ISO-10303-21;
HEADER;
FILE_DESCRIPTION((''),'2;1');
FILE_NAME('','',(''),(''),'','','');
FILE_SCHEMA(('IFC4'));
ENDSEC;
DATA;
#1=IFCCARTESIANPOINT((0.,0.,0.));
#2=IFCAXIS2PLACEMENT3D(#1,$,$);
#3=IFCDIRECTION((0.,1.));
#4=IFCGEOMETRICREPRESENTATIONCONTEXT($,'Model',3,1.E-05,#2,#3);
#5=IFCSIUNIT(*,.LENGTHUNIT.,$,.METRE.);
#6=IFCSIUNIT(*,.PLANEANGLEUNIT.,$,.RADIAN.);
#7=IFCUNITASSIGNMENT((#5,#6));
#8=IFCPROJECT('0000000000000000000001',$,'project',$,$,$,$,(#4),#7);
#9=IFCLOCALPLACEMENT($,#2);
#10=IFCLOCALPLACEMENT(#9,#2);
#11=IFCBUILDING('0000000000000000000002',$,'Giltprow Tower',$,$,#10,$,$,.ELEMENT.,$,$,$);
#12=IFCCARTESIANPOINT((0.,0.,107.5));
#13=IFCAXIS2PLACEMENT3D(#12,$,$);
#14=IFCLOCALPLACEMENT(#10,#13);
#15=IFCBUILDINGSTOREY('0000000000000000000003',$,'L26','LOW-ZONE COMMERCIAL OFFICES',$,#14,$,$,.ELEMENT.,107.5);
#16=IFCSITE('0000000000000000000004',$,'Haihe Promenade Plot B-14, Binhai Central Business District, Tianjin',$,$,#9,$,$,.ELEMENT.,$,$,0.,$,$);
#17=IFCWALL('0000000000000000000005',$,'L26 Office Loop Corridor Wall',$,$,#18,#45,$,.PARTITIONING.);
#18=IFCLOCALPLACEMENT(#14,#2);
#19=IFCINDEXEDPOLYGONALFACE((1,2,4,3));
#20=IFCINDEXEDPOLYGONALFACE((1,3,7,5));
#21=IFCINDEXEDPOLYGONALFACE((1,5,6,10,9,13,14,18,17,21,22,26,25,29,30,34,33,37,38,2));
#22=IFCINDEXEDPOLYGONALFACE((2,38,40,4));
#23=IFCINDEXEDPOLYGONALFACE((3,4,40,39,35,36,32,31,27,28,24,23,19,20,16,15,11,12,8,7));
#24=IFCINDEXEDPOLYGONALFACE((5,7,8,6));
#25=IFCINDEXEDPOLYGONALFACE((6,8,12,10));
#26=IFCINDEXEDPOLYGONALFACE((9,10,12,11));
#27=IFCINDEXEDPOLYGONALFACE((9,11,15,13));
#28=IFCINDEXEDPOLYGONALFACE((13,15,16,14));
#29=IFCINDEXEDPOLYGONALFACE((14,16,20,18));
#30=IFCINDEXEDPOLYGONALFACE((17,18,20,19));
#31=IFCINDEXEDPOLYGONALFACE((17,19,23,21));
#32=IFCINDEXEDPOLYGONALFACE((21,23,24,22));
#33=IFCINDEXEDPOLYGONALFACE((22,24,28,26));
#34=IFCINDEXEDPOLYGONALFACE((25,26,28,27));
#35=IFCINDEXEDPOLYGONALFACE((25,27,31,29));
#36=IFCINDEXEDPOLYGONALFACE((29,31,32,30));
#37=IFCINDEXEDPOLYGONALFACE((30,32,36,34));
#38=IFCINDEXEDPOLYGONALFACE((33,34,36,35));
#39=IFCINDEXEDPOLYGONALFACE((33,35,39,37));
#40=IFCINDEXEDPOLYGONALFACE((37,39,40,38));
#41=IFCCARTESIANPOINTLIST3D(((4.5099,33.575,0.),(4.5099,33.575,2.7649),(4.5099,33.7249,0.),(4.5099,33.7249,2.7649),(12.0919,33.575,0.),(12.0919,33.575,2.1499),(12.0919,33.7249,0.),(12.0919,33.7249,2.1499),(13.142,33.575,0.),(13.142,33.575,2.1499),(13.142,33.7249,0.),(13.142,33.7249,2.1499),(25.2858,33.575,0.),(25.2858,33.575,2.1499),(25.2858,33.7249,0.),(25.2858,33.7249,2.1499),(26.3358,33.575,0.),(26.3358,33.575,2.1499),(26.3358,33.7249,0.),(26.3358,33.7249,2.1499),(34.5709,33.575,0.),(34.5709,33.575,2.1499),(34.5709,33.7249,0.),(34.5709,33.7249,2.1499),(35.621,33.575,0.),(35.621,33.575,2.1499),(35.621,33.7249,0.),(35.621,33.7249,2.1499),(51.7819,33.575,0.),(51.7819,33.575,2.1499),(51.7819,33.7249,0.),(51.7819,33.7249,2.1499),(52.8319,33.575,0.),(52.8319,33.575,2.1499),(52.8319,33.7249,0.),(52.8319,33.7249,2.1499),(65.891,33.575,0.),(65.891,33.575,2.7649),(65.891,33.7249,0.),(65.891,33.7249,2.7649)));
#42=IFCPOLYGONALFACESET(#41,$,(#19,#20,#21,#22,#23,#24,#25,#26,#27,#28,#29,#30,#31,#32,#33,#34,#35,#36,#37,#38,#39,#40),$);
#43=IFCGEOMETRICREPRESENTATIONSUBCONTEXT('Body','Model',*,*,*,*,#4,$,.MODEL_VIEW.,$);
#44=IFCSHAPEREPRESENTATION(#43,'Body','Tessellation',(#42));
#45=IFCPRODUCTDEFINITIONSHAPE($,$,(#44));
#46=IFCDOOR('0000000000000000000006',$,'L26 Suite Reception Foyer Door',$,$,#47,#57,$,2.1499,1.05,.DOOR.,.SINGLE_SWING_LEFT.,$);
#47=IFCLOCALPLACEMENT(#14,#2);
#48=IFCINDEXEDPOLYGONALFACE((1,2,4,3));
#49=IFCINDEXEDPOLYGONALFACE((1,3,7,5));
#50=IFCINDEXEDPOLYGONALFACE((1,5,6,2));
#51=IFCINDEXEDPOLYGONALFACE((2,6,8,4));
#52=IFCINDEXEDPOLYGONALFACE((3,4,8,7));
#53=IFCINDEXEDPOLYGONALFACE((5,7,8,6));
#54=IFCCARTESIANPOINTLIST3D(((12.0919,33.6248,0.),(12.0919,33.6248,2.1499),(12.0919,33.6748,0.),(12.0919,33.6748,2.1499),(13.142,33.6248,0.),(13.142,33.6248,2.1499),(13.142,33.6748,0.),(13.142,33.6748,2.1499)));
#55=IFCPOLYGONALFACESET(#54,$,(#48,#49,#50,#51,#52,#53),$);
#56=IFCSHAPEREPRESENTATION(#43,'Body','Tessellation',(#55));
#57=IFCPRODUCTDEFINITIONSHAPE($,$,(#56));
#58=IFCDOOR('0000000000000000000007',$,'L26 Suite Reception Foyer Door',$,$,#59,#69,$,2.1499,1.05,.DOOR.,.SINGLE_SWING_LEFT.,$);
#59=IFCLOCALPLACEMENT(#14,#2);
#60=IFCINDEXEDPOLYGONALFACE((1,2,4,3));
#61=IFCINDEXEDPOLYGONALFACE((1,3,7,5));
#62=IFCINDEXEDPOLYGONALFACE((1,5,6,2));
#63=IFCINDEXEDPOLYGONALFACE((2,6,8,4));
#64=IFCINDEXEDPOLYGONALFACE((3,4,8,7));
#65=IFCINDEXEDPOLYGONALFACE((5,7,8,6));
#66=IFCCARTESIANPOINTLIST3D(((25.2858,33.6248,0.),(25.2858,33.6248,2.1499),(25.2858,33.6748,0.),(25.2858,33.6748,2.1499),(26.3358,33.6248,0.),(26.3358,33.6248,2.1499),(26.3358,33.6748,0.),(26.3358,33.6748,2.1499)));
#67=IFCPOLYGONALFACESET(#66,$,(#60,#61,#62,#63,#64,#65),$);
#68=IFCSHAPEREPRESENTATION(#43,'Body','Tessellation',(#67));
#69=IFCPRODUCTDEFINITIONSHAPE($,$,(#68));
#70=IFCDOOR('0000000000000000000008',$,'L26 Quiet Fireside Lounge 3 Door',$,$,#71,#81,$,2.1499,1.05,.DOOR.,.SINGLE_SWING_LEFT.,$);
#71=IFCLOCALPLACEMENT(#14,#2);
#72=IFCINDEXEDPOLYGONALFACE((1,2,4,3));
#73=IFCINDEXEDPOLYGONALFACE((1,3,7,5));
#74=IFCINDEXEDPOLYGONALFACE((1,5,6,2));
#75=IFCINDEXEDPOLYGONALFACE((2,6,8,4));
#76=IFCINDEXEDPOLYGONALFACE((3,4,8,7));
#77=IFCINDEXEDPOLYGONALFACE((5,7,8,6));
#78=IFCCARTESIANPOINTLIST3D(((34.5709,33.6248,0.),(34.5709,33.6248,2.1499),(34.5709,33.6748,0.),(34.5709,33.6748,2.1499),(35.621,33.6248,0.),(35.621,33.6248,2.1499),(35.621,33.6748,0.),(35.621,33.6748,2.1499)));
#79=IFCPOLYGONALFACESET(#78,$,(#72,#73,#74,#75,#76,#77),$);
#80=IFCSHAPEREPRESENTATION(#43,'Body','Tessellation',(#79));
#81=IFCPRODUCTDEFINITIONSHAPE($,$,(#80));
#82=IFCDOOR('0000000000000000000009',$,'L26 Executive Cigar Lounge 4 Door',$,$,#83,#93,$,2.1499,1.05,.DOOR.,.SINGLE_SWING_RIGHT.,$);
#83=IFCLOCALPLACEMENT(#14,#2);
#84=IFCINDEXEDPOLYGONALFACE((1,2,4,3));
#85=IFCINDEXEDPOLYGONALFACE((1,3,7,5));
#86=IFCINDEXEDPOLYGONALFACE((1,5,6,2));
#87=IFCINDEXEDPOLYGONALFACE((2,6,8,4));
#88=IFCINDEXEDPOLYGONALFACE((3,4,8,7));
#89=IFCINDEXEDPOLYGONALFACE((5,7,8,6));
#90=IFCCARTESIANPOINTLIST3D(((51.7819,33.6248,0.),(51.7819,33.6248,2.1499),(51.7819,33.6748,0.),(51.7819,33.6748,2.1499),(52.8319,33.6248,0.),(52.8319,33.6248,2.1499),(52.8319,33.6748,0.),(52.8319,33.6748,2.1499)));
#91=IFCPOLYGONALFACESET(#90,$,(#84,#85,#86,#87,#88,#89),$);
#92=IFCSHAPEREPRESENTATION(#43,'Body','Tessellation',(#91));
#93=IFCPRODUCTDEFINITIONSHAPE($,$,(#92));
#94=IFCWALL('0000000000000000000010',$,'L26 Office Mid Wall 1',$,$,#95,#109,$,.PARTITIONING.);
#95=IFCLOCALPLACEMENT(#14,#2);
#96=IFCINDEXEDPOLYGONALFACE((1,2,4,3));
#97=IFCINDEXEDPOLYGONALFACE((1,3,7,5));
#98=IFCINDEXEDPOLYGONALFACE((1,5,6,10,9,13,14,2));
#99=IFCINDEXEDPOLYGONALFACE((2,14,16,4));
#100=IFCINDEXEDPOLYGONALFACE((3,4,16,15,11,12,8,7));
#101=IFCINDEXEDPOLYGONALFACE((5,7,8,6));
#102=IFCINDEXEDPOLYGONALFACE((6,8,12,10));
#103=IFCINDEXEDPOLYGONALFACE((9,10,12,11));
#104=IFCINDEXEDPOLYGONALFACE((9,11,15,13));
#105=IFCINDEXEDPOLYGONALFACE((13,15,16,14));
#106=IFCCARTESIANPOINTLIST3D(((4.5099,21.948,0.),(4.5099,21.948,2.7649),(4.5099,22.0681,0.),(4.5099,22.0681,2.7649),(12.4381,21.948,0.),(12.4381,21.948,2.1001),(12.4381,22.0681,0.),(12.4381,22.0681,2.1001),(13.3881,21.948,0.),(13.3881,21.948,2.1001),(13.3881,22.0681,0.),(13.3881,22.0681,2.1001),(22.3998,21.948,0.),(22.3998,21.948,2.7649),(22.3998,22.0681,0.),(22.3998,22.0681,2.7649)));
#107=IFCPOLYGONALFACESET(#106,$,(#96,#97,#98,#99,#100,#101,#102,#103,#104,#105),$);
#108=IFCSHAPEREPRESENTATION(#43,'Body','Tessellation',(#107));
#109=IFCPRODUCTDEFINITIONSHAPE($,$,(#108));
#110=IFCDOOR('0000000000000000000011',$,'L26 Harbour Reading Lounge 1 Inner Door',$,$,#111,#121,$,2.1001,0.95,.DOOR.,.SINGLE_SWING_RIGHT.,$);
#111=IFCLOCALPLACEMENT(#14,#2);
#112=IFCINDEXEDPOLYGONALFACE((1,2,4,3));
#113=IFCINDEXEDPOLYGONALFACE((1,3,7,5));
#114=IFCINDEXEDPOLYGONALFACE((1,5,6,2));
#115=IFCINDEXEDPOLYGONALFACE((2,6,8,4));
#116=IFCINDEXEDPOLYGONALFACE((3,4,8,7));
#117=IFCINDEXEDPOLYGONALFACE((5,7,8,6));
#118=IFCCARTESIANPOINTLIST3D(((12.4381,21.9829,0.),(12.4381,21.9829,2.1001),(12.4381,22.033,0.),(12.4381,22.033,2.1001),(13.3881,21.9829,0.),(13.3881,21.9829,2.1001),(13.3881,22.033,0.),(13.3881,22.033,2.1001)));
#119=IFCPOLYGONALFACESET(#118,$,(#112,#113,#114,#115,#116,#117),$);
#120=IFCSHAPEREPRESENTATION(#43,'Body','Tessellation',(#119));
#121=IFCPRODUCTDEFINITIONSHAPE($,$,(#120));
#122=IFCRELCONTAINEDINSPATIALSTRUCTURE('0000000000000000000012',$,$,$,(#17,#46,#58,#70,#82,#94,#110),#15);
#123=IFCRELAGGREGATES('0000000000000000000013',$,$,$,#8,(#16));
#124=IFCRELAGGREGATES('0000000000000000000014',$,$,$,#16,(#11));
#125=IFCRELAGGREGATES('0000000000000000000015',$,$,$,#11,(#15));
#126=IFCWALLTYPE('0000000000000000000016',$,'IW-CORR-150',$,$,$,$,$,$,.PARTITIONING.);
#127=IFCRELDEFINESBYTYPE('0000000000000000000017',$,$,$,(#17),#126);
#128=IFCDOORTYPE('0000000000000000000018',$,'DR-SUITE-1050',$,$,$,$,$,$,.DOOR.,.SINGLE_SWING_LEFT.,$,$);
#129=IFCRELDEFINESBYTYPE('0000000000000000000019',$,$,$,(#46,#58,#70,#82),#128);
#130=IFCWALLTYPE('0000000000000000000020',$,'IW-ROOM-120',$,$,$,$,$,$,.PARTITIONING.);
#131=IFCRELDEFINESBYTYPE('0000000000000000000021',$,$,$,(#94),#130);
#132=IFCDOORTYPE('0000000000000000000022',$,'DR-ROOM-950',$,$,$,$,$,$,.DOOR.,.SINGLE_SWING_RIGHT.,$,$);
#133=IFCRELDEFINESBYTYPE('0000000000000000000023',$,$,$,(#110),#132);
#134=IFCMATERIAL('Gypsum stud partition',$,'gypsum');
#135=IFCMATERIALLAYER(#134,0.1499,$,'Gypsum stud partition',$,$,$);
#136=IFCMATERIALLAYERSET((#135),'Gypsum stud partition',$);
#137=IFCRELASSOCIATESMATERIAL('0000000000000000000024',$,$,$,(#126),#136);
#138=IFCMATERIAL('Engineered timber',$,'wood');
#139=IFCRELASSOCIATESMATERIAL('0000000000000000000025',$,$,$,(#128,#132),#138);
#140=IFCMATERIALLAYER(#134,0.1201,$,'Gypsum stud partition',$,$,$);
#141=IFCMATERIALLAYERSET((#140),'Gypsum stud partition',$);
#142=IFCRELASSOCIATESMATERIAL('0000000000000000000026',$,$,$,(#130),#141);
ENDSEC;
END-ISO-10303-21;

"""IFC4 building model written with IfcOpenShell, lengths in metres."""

from ifc_helpers import new_model, si_unit, direction, frame, frame_2d, origin, place, context, subcontext, project, spatial, rectangle, extrude, source, transform, mapped, material, layer, layer_set, type_object, element, fill, save


model = new_model("IFC4")

# Units and contexts
model_context = context("Model", 3, precision=1e-05, world=origin(), true_north=direction((0.0, 1.0)))
body_context = subcontext(model_context, "Body", "Model", "MODEL_VIEW")
ifc_project = project(units=[si_unit("LENGTHUNIT", "METRE"), si_unit("PLANEANGLEUNIT", "RADIAN")], contexts=[model_context])

# Site, building, storey
site_placement = place(None, origin())
site = spatial("IfcSite", under=ifc_project, at=site_placement, Name="Haihe Promenade Plot B-14, Binhai Central Business District, Tianjin", CompositionType="ELEMENT", RefElevation=0.0)
building_placement = place(site_placement, origin())
building = spatial("IfcBuilding", under=site, at=building_placement, Name="Giltprow Tower", CompositionType="ELEMENT")
storey_placement = place(building_placement, frame((0.0, 0.0, 107.5)))
storey = spatial("IfcBuildingStorey", under=building, at=storey_placement, Name="L26", Description="LOW-ZONE COMMERCIAL OFFICES", CompositionType="ELEMENT", Elevation=107.5)

# Wall, openings, doors
ifc_material_1 = material(Name="Gypsum stud partition", Category="gypsum")
ifc_layer_1 = layer(ifc_material_1, 0.1499, Name="Gypsum stud partition")
ifc_layer_set_1 = layer_set([ifc_layer_1], Name="Gypsum stud partition")
wall_type_1 = type_object("IfcWallType", Name="IW-CORR-150", PredefinedType="PARTITIONING", material=ifc_layer_set_1)
wall_1_placement = place(storey_placement, frame((4.51, 33.6499, 0.0), z_axis=(0.0, 0.0, 1.0), x_axis=(1.0, 0.0, 0.0)))
wall_1 = element("IfcWall", 1, at=wall_1_placement, inside=storey, type_object=wall_type_1, Name="L26 Office Loop Corridor Wall", PredefinedType="PARTITIONING", context=body_context, shape_type="SweptSolid", body=[
    extrude(rectangle(XDim=61.3811, YDim=0.1499, at=frame_2d((30.6904, 0.0))), origin(), (0.0, 0.0, 1.0), 2.7649),
])
opening_1_placement = place(wall_1_placement, frame((7.582, 0.0, 0.0)))
opening_1 = element("IfcOpeningElement", 2, at=opening_1_placement, cuts=wall_1, PredefinedType="OPENING", context=body_context, shape_type="SweptSolid", body=[
    extrude(rectangle(XDim=1.05, YDim=2.1499, at=frame_2d((0.5249, 1.075))), frame((0.0, 0.085, 0.0), z_axis=(0.0, -1.0, 0.0), x_axis=(1.0, 0.0, 0.0)), (0.0, 0.0, 1.0), 0.1699),
])
opening_2_placement = place(wall_1_placement, frame((20.7759, 0.0, 0.0)))
opening_2 = element("IfcOpeningElement", 3, at=opening_2_placement, cuts=wall_1, PredefinedType="OPENING", context=body_context, shape_type="SweptSolid", body=[
    extrude(rectangle(XDim=1.05, YDim=2.1499, at=frame_2d((0.5249, 1.075))), frame((0.0, 0.085, 0.0), z_axis=(0.0, -1.0, 0.0), x_axis=(1.0, 0.0, 0.0)), (0.0, 0.0, 1.0), 0.1699),
])
opening_3_placement = place(wall_1_placement, frame((30.061, 0.0, 0.0)))
opening_3 = element("IfcOpeningElement", 4, at=opening_3_placement, cuts=wall_1, PredefinedType="OPENING", context=body_context, shape_type="SweptSolid", body=[
    extrude(rectangle(XDim=1.05, YDim=2.1499, at=frame_2d((0.5249, 1.075))), frame((0.0, 0.085, 0.0), z_axis=(0.0, -1.0, 0.0), x_axis=(1.0, 0.0, 0.0)), (0.0, 0.0, 1.0), 0.1699),
])
opening_4_placement = place(wall_1_placement, frame((47.272, 0.0, 0.0)))
opening_4 = element("IfcOpeningElement", 5, at=opening_4_placement, cuts=wall_1, PredefinedType="OPENING", context=body_context, shape_type="SweptSolid", body=[
    extrude(rectangle(XDim=1.05, YDim=2.1499, at=frame_2d((0.5249, 1.075))), frame((0.0, 0.085, 0.0), z_axis=(0.0, -1.0, 0.0), x_axis=(1.0, 0.0, 0.0)), (0.0, 0.0, 1.0), 0.1699),
])
ifc_material_2 = material(Name="Engineered timber", Category="wood")
door_type_1 = type_object("IfcDoorType", Name="DR-SUITE-1050", OperationType="SINGLE_SWING_LEFT", PredefinedType="DOOR", material=ifc_material_2)
shared_shape_1 = source(origin(), body_context, "Body", "SweptSolid", [
    extrude(rectangle(XDim=1.05, YDim=2.1499, at=frame_2d((0.5249, 1.075))), frame((0.0, 0.0249, 0.0), z_axis=(0.0, -1.0, 0.0), x_axis=(1.0, 0.0, 0.0)), (0.0, 0.0, 1.0), 0.05),
])
door_1_placement = place(opening_1_placement, origin())
door_1 = element("IfcDoor", 6, at=door_1_placement, inside=storey, type_object=door_type_1, Name="L26 Suite Reception Foyer Door", OperationType="SINGLE_SWING_LEFT", OverallHeight=2.1499, OverallWidth=1.05, PredefinedType="DOOR", context=body_context, shape_type="MappedRepresentation", body=[
    mapped(shared_shape_1, transform((0.0, 0.0, 0.0), x_axis=(1.0, 0.0, 0.0), y_axis=(0.0, 1.0, 0.0), z_axis=(0.0, 0.0, 1.0), scale=1.0)),
])
fill(opening_1, door_1)
door_2_placement = place(opening_2_placement, origin())
door_2 = element("IfcDoor", 7, at=door_2_placement, inside=storey, type_object=door_type_1, Name="L26 Suite Reception Foyer Door", OperationType="SINGLE_SWING_LEFT", OverallHeight=2.1499, OverallWidth=1.05, PredefinedType="DOOR", context=body_context, shape_type="MappedRepresentation", body=[
    mapped(shared_shape_1, transform((0.0, 0.0, 0.0), x_axis=(1.0, 0.0, 0.0), y_axis=(0.0, 1.0, 0.0), z_axis=(0.0, 0.0, 1.0), scale=1.0)),
])
fill(opening_2, door_2)
door_3_placement = place(opening_3_placement, origin())
door_3 = element("IfcDoor", 8, at=door_3_placement, inside=storey, type_object=door_type_1, Name="L26 Quiet Fireside Lounge 3 Door", OperationType="SINGLE_SWING_LEFT", OverallHeight=2.1499, OverallWidth=1.05, PredefinedType="DOOR", context=body_context, shape_type="MappedRepresentation", body=[
    mapped(shared_shape_1, transform((0.0, 0.0, 0.0), x_axis=(1.0, 0.0, 0.0), y_axis=(0.0, 1.0, 0.0), z_axis=(0.0, 0.0, 1.0), scale=1.0)),
])
fill(opening_3, door_3)
door_4_placement = place(opening_4_placement, origin())
door_4 = element("IfcDoor", 9, at=door_4_placement, inside=storey, type_object=door_type_1, Name="L26 Executive Cigar Lounge 4 Door", OperationType="SINGLE_SWING_RIGHT", OverallHeight=2.1499, OverallWidth=1.05, PredefinedType="DOOR", context=body_context, shape_type="MappedRepresentation", body=[
    mapped(shared_shape_1, transform((0.0, 0.0, 0.0), x_axis=(1.0, 0.0, 0.0), y_axis=(0.0, 1.0, 0.0), z_axis=(0.0, 0.0, 1.0), scale=1.0)),
])
fill(opening_4, door_4)

# Wall, opening, door
ifc_layer_2 = layer(ifc_material_1, 0.1201, Name="Gypsum stud partition")
ifc_layer_set_2 = layer_set([ifc_layer_2], Name="Gypsum stud partition")
wall_type_2 = type_object("IfcWallType", Name="IW-ROOM-120", PredefinedType="PARTITIONING", material=ifc_layer_set_2)
wall_2_placement = place(storey_placement, frame((4.51, 22.0081, 0.0), z_axis=(0.0, 0.0, 1.0), x_axis=(1.0, 0.0, 0.0)))
wall_2 = element("IfcWall", 10, at=wall_2_placement, inside=storey, type_object=wall_type_2, Name="L26 Office Mid Wall 1", PredefinedType="PARTITIONING", context=body_context, shape_type="SweptSolid", body=[
    extrude(rectangle(XDim=17.8899, YDim=0.1201, at=frame_2d((8.9448, 0.0))), origin(), (0.0, 0.0, 1.0), 2.7649),
])
opening_5_placement = place(wall_2_placement, frame((7.928, 0.0, 0.0)))
opening_5 = element("IfcOpeningElement", 11, at=opening_5_placement, cuts=wall_2, PredefinedType="OPENING", context=body_context, shape_type="SweptSolid", body=[
    extrude(rectangle(XDim=0.95, YDim=2.1001, at=frame_2d((0.4751, 1.05))), frame((0.0, 0.0701, 0.0), z_axis=(0.0, -1.0, 0.0), x_axis=(1.0, 0.0, 0.0)), (0.0, 0.0, 1.0), 0.1401),
])
door_type_2 = type_object("IfcDoorType", Name="DR-ROOM-950", OperationType="SINGLE_SWING_RIGHT", PredefinedType="DOOR", material=ifc_material_2)
shared_shape_2 = source(origin(), body_context, "Body", "SweptSolid", [
    extrude(rectangle(XDim=0.95, YDim=2.1001, at=frame_2d((0.4751, 1.05))), frame((0.0, 0.0249, 0.0), z_axis=(0.0, -1.0, 0.0), x_axis=(1.0, 0.0, 0.0)), (0.0, 0.0, 1.0), 0.05),
])
door_5_placement = place(opening_5_placement, origin())
door_5 = element("IfcDoor", 12, at=door_5_placement, inside=storey, type_object=door_type_2, Name="L26 Harbour Reading Lounge 1 Inner Door", OperationType="SINGLE_SWING_RIGHT", OverallHeight=2.1001, OverallWidth=0.95, PredefinedType="DOOR", context=body_context, shape_type="MappedRepresentation", body=[
    mapped(shared_shape_2, transform((0.0, 0.0, 0.0), x_axis=(1.0, 0.0, 0.0), y_axis=(0.0, 1.0, 0.0), z_axis=(0.0, 0.0, 1.0), scale=1.0)),
])
fill(opening_5, door_5)

save(model, "model.ifc")
